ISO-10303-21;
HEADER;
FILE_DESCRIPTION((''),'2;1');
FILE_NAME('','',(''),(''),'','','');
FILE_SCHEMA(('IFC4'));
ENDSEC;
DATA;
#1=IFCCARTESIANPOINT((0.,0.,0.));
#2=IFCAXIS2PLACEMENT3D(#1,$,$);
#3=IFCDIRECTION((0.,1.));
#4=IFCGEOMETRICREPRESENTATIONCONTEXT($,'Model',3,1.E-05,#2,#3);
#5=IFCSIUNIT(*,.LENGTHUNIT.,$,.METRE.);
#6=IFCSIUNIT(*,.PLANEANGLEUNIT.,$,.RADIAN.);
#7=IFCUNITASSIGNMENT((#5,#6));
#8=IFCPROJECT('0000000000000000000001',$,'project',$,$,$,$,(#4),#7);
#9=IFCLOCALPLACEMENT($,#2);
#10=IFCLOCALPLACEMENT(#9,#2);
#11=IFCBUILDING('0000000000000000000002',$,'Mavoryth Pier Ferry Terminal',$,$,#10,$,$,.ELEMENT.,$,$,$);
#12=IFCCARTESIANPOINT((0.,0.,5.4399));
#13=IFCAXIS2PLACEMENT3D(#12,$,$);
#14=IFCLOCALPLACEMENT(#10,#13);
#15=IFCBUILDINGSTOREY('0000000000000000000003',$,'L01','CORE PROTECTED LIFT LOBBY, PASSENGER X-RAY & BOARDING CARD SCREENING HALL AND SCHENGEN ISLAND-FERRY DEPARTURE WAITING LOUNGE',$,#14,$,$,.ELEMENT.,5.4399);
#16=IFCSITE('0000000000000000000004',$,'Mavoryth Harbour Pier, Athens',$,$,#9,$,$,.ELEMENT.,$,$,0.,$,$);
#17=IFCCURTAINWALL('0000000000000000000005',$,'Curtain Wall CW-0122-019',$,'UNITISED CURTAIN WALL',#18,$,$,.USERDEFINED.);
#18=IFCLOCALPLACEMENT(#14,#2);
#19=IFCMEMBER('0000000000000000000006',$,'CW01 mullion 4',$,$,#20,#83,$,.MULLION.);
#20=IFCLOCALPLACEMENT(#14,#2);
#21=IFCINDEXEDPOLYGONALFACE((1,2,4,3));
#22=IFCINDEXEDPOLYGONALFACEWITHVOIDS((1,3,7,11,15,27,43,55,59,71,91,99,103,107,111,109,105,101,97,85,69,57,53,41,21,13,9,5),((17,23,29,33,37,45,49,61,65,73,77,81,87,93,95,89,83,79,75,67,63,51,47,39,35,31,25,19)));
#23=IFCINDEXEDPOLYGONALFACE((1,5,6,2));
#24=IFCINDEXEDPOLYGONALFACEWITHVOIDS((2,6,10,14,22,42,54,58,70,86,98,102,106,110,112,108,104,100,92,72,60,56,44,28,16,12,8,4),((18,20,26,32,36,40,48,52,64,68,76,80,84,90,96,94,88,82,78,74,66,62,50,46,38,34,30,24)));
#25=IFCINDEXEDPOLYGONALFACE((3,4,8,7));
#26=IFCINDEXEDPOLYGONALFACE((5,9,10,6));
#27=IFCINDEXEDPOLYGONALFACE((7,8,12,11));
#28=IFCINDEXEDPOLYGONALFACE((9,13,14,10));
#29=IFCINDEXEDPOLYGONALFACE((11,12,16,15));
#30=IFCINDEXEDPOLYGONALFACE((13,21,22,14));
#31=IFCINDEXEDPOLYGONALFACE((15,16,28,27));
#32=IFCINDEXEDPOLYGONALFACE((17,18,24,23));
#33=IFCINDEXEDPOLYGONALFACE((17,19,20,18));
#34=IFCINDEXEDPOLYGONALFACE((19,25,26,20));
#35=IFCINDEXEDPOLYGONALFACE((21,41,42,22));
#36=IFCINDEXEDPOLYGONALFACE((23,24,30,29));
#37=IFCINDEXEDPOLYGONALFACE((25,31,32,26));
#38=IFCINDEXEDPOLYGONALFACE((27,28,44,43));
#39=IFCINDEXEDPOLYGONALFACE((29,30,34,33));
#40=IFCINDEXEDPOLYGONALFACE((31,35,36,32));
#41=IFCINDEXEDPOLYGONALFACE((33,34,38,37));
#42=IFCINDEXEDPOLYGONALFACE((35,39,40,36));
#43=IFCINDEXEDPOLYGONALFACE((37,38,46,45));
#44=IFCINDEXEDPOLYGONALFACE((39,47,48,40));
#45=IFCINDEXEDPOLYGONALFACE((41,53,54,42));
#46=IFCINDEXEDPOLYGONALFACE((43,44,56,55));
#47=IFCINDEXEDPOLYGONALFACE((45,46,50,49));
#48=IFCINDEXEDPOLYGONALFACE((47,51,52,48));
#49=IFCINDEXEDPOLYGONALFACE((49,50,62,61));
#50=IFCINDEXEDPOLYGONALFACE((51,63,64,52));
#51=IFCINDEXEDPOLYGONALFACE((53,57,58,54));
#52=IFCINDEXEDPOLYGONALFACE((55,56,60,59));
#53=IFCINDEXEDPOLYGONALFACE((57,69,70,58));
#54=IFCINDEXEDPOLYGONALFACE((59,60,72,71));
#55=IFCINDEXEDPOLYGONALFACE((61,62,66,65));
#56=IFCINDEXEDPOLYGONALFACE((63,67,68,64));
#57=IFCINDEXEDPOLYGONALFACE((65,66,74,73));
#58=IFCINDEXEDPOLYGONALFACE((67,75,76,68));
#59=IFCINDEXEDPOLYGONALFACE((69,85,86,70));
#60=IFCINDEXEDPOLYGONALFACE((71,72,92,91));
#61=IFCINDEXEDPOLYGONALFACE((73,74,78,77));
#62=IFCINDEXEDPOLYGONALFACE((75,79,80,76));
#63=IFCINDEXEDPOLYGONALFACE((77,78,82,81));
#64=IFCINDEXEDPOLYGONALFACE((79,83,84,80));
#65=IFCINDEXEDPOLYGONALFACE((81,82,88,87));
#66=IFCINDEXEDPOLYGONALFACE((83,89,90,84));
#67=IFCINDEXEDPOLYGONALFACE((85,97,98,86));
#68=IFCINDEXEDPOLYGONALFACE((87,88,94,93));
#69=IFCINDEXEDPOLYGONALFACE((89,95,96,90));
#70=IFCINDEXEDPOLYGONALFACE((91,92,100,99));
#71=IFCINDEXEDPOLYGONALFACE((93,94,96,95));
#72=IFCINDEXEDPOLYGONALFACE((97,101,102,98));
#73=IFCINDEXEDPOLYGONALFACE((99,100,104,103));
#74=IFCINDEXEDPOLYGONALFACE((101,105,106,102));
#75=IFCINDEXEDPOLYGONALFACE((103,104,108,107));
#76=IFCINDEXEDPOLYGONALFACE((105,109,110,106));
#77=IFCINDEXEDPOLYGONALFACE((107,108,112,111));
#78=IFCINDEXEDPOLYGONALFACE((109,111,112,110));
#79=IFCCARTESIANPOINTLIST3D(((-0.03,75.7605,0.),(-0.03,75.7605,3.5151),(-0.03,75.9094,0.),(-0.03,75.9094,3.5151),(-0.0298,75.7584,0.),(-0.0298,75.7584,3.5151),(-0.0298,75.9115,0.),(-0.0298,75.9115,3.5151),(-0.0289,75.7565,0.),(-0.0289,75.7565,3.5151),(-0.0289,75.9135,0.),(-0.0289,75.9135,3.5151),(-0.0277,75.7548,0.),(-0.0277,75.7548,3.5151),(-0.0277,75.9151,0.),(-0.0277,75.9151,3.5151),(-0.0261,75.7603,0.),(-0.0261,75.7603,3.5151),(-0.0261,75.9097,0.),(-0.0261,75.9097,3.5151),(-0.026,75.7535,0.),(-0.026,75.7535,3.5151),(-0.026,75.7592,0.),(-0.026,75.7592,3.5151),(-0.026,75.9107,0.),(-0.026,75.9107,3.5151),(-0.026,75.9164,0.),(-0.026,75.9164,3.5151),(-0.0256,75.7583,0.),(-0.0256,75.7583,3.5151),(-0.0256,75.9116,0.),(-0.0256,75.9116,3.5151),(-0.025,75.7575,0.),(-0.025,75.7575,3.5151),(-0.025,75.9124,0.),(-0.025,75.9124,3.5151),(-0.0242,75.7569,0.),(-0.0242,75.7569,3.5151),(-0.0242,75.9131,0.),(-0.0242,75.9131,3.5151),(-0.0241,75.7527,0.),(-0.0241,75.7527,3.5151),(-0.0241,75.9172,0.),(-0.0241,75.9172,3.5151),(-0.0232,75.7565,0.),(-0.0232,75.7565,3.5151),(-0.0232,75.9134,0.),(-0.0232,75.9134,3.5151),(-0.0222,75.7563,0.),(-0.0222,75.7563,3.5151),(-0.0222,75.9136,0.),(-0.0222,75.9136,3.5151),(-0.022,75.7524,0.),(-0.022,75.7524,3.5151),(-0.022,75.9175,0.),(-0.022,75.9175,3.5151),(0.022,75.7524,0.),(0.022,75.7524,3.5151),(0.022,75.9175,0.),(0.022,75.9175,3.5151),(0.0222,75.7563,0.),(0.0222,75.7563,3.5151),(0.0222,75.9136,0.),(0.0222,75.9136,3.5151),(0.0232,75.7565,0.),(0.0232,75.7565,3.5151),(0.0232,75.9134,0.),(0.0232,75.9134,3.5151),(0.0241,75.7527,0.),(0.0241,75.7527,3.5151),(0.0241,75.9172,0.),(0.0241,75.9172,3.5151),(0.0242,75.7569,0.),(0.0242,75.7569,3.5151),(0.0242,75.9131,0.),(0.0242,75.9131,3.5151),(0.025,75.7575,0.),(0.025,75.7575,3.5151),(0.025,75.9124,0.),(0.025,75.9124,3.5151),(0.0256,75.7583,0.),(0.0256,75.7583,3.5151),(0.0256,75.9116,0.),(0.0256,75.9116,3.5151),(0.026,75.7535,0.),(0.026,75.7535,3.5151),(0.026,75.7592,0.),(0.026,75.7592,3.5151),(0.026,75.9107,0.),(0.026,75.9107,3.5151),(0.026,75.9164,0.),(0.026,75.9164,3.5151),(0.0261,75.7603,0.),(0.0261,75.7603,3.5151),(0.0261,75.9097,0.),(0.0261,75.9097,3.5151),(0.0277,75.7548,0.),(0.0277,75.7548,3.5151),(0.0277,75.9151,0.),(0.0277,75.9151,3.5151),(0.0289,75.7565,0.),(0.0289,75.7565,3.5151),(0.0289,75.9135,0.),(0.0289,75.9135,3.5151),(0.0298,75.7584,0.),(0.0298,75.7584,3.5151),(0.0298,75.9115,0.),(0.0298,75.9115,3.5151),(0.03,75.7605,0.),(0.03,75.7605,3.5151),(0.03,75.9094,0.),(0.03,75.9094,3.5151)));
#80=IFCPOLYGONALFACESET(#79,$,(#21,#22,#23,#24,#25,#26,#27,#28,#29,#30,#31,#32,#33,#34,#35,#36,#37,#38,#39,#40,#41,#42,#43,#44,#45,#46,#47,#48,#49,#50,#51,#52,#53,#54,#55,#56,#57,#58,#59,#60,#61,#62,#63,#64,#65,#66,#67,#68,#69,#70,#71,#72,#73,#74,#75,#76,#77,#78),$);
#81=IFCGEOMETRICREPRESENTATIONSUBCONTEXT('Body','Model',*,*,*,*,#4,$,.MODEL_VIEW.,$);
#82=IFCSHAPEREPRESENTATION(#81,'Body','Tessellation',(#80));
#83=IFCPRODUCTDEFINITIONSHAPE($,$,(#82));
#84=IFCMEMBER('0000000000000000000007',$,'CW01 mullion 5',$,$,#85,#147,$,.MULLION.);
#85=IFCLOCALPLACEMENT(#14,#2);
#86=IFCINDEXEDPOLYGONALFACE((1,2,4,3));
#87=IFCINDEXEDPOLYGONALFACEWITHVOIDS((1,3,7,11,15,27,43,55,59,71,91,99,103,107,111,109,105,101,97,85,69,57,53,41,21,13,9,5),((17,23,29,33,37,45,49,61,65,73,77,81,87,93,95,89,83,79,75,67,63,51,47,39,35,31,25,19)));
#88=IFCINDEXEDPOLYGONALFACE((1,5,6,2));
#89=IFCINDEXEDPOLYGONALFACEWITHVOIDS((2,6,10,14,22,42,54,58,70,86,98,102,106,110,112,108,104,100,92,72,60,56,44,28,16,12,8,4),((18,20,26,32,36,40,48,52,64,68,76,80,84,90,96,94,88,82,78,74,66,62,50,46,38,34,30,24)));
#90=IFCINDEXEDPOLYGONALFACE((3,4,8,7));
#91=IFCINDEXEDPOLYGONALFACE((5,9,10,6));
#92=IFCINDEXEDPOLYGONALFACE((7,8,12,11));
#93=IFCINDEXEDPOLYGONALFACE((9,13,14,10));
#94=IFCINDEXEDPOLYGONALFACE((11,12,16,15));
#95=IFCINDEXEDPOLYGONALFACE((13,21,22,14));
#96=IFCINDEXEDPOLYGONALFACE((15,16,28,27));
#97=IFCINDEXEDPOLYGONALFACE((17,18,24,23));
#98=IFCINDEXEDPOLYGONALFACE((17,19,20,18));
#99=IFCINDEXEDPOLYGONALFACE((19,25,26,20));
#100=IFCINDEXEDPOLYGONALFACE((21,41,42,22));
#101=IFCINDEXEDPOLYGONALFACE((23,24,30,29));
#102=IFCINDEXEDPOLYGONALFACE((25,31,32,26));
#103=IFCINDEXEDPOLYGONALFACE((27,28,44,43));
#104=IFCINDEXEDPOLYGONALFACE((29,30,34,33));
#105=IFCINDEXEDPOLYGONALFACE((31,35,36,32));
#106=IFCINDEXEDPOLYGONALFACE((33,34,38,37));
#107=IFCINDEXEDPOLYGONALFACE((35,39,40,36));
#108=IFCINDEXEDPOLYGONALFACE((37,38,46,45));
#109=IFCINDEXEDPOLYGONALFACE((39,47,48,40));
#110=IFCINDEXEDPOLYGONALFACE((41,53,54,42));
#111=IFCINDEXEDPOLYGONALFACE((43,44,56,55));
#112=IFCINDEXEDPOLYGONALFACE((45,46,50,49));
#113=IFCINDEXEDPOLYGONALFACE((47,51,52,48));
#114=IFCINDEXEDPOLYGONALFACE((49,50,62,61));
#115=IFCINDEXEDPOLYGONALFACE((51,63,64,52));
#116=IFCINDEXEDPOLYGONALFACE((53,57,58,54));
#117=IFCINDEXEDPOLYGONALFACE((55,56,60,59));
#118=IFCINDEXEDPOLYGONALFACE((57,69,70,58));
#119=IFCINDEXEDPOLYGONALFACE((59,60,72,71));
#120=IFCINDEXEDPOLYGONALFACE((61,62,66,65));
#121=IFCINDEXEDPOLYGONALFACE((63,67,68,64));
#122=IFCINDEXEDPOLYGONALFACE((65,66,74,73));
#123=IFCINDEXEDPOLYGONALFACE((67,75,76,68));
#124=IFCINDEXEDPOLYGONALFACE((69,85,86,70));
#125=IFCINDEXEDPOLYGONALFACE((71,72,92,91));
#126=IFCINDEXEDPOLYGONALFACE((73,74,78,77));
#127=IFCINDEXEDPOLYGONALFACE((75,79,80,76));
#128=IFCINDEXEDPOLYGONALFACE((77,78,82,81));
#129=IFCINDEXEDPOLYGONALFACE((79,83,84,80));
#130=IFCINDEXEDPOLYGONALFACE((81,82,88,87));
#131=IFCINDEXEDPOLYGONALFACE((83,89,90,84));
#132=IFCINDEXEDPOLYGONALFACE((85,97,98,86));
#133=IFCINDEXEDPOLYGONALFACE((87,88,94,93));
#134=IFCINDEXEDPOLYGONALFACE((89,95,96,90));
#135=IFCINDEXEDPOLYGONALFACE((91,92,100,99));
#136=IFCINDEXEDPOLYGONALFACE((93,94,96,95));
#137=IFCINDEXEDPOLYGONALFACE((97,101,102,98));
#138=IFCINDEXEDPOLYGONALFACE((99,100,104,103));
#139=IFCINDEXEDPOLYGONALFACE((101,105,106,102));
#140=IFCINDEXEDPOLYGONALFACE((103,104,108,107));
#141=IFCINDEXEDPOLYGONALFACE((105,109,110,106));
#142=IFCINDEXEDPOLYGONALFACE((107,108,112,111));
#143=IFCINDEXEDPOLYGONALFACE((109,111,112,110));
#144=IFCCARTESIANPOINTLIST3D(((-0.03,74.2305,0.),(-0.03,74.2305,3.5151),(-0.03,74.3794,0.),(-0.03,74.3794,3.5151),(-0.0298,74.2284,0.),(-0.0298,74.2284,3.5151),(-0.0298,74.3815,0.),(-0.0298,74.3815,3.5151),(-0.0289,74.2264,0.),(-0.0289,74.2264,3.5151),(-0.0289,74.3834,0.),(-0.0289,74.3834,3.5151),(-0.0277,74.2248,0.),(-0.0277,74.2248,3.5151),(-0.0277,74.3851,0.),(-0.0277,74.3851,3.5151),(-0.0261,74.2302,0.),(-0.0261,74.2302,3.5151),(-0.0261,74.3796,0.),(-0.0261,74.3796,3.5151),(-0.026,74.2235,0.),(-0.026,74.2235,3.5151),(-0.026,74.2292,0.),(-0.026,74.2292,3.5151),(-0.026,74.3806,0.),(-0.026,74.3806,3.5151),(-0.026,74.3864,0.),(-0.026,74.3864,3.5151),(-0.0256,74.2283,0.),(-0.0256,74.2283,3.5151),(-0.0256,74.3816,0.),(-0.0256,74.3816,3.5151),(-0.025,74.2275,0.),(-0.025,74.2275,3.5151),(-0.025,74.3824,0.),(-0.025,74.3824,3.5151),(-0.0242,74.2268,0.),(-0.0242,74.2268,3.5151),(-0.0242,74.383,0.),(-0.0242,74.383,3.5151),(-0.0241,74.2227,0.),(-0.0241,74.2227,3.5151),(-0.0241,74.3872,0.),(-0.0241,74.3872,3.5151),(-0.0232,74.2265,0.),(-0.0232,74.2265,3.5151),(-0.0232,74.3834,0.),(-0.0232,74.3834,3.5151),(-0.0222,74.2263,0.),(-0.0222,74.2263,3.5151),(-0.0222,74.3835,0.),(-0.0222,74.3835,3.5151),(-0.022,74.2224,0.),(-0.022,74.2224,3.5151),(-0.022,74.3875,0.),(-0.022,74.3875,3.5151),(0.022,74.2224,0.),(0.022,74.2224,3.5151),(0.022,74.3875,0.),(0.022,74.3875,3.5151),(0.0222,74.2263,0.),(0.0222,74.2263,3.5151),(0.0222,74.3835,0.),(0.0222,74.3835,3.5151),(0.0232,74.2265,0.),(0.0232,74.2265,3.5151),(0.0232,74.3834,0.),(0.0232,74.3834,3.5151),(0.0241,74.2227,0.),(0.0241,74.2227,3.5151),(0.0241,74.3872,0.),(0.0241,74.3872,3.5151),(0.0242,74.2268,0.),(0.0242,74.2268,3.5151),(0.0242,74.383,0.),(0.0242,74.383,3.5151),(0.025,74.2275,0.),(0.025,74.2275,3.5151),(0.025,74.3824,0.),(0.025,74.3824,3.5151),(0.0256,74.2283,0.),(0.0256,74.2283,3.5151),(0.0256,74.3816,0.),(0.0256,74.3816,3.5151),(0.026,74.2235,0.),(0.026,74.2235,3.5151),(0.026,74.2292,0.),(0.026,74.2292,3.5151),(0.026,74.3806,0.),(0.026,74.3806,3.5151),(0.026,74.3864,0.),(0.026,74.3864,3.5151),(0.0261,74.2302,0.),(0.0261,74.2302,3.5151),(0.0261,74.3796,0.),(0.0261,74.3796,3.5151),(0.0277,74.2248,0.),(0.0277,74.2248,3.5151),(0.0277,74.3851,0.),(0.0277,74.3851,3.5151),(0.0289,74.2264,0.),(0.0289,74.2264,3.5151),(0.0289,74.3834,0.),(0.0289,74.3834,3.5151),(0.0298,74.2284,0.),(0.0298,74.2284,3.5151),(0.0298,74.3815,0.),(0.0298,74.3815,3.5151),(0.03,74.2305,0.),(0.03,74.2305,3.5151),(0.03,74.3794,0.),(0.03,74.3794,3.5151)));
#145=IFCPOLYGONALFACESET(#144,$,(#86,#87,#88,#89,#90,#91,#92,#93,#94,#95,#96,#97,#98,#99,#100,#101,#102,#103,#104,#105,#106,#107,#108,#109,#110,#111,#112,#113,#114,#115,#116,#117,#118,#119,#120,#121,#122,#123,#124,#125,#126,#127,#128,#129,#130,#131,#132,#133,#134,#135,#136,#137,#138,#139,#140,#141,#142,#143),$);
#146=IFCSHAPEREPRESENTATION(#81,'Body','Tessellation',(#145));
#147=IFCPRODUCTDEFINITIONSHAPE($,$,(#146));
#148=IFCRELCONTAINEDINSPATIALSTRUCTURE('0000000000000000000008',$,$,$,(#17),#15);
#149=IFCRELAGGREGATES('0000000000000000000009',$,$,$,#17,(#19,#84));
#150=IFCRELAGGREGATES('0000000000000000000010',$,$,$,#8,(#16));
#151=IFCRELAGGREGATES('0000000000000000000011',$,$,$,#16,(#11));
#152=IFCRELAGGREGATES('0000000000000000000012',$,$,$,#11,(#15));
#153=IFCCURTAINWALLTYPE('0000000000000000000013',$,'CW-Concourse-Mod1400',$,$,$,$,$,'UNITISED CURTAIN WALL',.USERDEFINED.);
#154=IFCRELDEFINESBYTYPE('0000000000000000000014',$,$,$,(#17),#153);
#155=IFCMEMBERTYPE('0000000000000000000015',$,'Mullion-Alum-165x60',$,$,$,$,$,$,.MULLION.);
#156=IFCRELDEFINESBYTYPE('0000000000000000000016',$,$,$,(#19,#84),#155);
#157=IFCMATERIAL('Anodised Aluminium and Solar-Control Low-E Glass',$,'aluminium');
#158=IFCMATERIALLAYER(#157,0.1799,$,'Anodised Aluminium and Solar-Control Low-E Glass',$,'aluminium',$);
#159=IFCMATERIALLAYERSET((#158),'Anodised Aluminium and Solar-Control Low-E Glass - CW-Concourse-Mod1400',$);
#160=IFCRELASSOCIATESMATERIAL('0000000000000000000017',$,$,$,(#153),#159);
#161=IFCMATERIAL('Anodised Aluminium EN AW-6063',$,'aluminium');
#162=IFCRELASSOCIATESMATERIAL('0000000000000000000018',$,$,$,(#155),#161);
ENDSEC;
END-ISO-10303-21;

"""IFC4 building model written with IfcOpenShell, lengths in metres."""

from ifc_helpers import new_model, si_unit, direction, frame, origin, origin_2d, place, context, subcontext, project, spatial, hollow_rectangle, extrude, material, layer, layer_set, material_profile, profile_set, type_object, element, aggregate, save


model = new_model("IFC4")

# Units and contexts
model_context = context("Model", 3, precision=1e-05, world=origin(), true_north=direction((0.0, 1.0)))
body_context = subcontext(model_context, "Body", "Model", "MODEL_VIEW")
ifc_project = project(units=[si_unit("LENGTHUNIT", "METRE"), si_unit("PLANEANGLEUNIT", "RADIAN")], contexts=[model_context])

# Site, building, storey
site_placement = place(None, origin())
site = spatial("IfcSite", under=ifc_project, at=site_placement, Name="Mavoryth Harbour Pier, Athens", CompositionType="ELEMENT", RefElevation=0.0)
building_placement = place(site_placement, origin())
building = spatial("IfcBuilding", under=site, at=building_placement, Name="Mavoryth Pier Ferry Terminal", CompositionType="ELEMENT")
storey_placement = place(building_placement, frame((0.0, 0.0, 5.4399)))
storey = spatial("IfcBuildingStorey", under=building, at=storey_placement, Name="L01", Description="CORE PROTECTED LIFT LOBBY, PASSENGER X-RAY & BOARDING CARD SCREENING HALL AND SCHENGEN ISLAND-FERRY DEPARTURE WAITING LOUNGE", CompositionType="ELEMENT", Elevation=5.4399)

# Curtain wall, members
ifc_material_1 = material(Name="Anodised Aluminium and Solar-Control Low-E Glass", Category="aluminium")
ifc_layer_1 = layer(ifc_material_1, 0.1799, Name="Anodised Aluminium and Solar-Control Low-E Glass", Category="aluminium")
ifc_layer_set_1 = layer_set([ifc_layer_1], Name="Anodised Aluminium and Solar-Control Low-E Glass - CW-Concourse-Mod1400")
curtain_wall_type = type_object("IfcCurtainWallType", Name="CW-Concourse-Mod1400", ElementType="UNITISED CURTAIN WALL", PredefinedType="USERDEFINED", material=ifc_layer_set_1)
curtain_wall_placement = place(storey_placement, origin())
curtain_wall = element("IfcCurtainWall", 1, at=curtain_wall_placement, inside=storey, type_object=curtain_wall_type, Name="Curtain Wall CW-0122-019", ObjectType="UNITISED CURTAIN WALL", PredefinedType="USERDEFINED")
ifc_material_2 = material(Name="Anodised Aluminium EN AW-6063", Category="aluminium")
ifc_material_profile_1 = material_profile(ifc_material_2, hollow_rectangle(XDim=0.0601, YDim=0.165, WallThickness=0.0039, InnerFilletRadius=0.0039, OuterFilletRadius=0.0081, at=origin_2d()), Name="AL-MULL 165x60x4", Category="aluminium")
ifc_profile_set_1 = profile_set([ifc_material_profile_1], Name="Anodised Aluminium EN AW-6063 - AL-MULL 165x60x4")
member_type_1 = type_object("IfcMemberType", Name="Mullion-Alum-165x60", PredefinedType="MULLION", material=ifc_profile_set_1)
member_1_placement = place(storey_placement, frame((0.0, 75.835, 0.0), z_axis=(0.0, 0.0, 1.0), x_axis=(1.0, 0.0, 0.0)))
member_1 = element("IfcMember", 2, at=member_1_placement, type_object=member_type_1, Name="CW01 mullion 4", PredefinedType="MULLION", context=body_context, shape_type="SweptSolid", body=[
    extrude(hollow_rectangle(XDim=0.0601, YDim=0.165, WallThickness=0.0039, InnerFilletRadius=0.0039, OuterFilletRadius=0.0081, at=origin_2d()), origin(), (0.0, 0.0, 1.0), 3.5151),
])
member_2_placement = place(storey_placement, frame((0.0, 74.3049, 0.0), z_axis=(0.0, 0.0, 1.0), x_axis=(1.0, 0.0, 0.0)))
member_2 = element("IfcMember", 3, at=member_2_placement, type_object=member_type_1, Name="CW01 mullion 5", PredefinedType="MULLION", context=body_context, shape_type="SweptSolid", body=[
    extrude(hollow_rectangle(XDim=0.0601, YDim=0.165, WallThickness=0.0039, InnerFilletRadius=0.0039, OuterFilletRadius=0.0081, at=origin_2d()), origin(), (0.0, 0.0, 1.0), 3.5151),
])
aggregate(curtain_wall, [member_1, member_2])

save(model, "model.ifc")
